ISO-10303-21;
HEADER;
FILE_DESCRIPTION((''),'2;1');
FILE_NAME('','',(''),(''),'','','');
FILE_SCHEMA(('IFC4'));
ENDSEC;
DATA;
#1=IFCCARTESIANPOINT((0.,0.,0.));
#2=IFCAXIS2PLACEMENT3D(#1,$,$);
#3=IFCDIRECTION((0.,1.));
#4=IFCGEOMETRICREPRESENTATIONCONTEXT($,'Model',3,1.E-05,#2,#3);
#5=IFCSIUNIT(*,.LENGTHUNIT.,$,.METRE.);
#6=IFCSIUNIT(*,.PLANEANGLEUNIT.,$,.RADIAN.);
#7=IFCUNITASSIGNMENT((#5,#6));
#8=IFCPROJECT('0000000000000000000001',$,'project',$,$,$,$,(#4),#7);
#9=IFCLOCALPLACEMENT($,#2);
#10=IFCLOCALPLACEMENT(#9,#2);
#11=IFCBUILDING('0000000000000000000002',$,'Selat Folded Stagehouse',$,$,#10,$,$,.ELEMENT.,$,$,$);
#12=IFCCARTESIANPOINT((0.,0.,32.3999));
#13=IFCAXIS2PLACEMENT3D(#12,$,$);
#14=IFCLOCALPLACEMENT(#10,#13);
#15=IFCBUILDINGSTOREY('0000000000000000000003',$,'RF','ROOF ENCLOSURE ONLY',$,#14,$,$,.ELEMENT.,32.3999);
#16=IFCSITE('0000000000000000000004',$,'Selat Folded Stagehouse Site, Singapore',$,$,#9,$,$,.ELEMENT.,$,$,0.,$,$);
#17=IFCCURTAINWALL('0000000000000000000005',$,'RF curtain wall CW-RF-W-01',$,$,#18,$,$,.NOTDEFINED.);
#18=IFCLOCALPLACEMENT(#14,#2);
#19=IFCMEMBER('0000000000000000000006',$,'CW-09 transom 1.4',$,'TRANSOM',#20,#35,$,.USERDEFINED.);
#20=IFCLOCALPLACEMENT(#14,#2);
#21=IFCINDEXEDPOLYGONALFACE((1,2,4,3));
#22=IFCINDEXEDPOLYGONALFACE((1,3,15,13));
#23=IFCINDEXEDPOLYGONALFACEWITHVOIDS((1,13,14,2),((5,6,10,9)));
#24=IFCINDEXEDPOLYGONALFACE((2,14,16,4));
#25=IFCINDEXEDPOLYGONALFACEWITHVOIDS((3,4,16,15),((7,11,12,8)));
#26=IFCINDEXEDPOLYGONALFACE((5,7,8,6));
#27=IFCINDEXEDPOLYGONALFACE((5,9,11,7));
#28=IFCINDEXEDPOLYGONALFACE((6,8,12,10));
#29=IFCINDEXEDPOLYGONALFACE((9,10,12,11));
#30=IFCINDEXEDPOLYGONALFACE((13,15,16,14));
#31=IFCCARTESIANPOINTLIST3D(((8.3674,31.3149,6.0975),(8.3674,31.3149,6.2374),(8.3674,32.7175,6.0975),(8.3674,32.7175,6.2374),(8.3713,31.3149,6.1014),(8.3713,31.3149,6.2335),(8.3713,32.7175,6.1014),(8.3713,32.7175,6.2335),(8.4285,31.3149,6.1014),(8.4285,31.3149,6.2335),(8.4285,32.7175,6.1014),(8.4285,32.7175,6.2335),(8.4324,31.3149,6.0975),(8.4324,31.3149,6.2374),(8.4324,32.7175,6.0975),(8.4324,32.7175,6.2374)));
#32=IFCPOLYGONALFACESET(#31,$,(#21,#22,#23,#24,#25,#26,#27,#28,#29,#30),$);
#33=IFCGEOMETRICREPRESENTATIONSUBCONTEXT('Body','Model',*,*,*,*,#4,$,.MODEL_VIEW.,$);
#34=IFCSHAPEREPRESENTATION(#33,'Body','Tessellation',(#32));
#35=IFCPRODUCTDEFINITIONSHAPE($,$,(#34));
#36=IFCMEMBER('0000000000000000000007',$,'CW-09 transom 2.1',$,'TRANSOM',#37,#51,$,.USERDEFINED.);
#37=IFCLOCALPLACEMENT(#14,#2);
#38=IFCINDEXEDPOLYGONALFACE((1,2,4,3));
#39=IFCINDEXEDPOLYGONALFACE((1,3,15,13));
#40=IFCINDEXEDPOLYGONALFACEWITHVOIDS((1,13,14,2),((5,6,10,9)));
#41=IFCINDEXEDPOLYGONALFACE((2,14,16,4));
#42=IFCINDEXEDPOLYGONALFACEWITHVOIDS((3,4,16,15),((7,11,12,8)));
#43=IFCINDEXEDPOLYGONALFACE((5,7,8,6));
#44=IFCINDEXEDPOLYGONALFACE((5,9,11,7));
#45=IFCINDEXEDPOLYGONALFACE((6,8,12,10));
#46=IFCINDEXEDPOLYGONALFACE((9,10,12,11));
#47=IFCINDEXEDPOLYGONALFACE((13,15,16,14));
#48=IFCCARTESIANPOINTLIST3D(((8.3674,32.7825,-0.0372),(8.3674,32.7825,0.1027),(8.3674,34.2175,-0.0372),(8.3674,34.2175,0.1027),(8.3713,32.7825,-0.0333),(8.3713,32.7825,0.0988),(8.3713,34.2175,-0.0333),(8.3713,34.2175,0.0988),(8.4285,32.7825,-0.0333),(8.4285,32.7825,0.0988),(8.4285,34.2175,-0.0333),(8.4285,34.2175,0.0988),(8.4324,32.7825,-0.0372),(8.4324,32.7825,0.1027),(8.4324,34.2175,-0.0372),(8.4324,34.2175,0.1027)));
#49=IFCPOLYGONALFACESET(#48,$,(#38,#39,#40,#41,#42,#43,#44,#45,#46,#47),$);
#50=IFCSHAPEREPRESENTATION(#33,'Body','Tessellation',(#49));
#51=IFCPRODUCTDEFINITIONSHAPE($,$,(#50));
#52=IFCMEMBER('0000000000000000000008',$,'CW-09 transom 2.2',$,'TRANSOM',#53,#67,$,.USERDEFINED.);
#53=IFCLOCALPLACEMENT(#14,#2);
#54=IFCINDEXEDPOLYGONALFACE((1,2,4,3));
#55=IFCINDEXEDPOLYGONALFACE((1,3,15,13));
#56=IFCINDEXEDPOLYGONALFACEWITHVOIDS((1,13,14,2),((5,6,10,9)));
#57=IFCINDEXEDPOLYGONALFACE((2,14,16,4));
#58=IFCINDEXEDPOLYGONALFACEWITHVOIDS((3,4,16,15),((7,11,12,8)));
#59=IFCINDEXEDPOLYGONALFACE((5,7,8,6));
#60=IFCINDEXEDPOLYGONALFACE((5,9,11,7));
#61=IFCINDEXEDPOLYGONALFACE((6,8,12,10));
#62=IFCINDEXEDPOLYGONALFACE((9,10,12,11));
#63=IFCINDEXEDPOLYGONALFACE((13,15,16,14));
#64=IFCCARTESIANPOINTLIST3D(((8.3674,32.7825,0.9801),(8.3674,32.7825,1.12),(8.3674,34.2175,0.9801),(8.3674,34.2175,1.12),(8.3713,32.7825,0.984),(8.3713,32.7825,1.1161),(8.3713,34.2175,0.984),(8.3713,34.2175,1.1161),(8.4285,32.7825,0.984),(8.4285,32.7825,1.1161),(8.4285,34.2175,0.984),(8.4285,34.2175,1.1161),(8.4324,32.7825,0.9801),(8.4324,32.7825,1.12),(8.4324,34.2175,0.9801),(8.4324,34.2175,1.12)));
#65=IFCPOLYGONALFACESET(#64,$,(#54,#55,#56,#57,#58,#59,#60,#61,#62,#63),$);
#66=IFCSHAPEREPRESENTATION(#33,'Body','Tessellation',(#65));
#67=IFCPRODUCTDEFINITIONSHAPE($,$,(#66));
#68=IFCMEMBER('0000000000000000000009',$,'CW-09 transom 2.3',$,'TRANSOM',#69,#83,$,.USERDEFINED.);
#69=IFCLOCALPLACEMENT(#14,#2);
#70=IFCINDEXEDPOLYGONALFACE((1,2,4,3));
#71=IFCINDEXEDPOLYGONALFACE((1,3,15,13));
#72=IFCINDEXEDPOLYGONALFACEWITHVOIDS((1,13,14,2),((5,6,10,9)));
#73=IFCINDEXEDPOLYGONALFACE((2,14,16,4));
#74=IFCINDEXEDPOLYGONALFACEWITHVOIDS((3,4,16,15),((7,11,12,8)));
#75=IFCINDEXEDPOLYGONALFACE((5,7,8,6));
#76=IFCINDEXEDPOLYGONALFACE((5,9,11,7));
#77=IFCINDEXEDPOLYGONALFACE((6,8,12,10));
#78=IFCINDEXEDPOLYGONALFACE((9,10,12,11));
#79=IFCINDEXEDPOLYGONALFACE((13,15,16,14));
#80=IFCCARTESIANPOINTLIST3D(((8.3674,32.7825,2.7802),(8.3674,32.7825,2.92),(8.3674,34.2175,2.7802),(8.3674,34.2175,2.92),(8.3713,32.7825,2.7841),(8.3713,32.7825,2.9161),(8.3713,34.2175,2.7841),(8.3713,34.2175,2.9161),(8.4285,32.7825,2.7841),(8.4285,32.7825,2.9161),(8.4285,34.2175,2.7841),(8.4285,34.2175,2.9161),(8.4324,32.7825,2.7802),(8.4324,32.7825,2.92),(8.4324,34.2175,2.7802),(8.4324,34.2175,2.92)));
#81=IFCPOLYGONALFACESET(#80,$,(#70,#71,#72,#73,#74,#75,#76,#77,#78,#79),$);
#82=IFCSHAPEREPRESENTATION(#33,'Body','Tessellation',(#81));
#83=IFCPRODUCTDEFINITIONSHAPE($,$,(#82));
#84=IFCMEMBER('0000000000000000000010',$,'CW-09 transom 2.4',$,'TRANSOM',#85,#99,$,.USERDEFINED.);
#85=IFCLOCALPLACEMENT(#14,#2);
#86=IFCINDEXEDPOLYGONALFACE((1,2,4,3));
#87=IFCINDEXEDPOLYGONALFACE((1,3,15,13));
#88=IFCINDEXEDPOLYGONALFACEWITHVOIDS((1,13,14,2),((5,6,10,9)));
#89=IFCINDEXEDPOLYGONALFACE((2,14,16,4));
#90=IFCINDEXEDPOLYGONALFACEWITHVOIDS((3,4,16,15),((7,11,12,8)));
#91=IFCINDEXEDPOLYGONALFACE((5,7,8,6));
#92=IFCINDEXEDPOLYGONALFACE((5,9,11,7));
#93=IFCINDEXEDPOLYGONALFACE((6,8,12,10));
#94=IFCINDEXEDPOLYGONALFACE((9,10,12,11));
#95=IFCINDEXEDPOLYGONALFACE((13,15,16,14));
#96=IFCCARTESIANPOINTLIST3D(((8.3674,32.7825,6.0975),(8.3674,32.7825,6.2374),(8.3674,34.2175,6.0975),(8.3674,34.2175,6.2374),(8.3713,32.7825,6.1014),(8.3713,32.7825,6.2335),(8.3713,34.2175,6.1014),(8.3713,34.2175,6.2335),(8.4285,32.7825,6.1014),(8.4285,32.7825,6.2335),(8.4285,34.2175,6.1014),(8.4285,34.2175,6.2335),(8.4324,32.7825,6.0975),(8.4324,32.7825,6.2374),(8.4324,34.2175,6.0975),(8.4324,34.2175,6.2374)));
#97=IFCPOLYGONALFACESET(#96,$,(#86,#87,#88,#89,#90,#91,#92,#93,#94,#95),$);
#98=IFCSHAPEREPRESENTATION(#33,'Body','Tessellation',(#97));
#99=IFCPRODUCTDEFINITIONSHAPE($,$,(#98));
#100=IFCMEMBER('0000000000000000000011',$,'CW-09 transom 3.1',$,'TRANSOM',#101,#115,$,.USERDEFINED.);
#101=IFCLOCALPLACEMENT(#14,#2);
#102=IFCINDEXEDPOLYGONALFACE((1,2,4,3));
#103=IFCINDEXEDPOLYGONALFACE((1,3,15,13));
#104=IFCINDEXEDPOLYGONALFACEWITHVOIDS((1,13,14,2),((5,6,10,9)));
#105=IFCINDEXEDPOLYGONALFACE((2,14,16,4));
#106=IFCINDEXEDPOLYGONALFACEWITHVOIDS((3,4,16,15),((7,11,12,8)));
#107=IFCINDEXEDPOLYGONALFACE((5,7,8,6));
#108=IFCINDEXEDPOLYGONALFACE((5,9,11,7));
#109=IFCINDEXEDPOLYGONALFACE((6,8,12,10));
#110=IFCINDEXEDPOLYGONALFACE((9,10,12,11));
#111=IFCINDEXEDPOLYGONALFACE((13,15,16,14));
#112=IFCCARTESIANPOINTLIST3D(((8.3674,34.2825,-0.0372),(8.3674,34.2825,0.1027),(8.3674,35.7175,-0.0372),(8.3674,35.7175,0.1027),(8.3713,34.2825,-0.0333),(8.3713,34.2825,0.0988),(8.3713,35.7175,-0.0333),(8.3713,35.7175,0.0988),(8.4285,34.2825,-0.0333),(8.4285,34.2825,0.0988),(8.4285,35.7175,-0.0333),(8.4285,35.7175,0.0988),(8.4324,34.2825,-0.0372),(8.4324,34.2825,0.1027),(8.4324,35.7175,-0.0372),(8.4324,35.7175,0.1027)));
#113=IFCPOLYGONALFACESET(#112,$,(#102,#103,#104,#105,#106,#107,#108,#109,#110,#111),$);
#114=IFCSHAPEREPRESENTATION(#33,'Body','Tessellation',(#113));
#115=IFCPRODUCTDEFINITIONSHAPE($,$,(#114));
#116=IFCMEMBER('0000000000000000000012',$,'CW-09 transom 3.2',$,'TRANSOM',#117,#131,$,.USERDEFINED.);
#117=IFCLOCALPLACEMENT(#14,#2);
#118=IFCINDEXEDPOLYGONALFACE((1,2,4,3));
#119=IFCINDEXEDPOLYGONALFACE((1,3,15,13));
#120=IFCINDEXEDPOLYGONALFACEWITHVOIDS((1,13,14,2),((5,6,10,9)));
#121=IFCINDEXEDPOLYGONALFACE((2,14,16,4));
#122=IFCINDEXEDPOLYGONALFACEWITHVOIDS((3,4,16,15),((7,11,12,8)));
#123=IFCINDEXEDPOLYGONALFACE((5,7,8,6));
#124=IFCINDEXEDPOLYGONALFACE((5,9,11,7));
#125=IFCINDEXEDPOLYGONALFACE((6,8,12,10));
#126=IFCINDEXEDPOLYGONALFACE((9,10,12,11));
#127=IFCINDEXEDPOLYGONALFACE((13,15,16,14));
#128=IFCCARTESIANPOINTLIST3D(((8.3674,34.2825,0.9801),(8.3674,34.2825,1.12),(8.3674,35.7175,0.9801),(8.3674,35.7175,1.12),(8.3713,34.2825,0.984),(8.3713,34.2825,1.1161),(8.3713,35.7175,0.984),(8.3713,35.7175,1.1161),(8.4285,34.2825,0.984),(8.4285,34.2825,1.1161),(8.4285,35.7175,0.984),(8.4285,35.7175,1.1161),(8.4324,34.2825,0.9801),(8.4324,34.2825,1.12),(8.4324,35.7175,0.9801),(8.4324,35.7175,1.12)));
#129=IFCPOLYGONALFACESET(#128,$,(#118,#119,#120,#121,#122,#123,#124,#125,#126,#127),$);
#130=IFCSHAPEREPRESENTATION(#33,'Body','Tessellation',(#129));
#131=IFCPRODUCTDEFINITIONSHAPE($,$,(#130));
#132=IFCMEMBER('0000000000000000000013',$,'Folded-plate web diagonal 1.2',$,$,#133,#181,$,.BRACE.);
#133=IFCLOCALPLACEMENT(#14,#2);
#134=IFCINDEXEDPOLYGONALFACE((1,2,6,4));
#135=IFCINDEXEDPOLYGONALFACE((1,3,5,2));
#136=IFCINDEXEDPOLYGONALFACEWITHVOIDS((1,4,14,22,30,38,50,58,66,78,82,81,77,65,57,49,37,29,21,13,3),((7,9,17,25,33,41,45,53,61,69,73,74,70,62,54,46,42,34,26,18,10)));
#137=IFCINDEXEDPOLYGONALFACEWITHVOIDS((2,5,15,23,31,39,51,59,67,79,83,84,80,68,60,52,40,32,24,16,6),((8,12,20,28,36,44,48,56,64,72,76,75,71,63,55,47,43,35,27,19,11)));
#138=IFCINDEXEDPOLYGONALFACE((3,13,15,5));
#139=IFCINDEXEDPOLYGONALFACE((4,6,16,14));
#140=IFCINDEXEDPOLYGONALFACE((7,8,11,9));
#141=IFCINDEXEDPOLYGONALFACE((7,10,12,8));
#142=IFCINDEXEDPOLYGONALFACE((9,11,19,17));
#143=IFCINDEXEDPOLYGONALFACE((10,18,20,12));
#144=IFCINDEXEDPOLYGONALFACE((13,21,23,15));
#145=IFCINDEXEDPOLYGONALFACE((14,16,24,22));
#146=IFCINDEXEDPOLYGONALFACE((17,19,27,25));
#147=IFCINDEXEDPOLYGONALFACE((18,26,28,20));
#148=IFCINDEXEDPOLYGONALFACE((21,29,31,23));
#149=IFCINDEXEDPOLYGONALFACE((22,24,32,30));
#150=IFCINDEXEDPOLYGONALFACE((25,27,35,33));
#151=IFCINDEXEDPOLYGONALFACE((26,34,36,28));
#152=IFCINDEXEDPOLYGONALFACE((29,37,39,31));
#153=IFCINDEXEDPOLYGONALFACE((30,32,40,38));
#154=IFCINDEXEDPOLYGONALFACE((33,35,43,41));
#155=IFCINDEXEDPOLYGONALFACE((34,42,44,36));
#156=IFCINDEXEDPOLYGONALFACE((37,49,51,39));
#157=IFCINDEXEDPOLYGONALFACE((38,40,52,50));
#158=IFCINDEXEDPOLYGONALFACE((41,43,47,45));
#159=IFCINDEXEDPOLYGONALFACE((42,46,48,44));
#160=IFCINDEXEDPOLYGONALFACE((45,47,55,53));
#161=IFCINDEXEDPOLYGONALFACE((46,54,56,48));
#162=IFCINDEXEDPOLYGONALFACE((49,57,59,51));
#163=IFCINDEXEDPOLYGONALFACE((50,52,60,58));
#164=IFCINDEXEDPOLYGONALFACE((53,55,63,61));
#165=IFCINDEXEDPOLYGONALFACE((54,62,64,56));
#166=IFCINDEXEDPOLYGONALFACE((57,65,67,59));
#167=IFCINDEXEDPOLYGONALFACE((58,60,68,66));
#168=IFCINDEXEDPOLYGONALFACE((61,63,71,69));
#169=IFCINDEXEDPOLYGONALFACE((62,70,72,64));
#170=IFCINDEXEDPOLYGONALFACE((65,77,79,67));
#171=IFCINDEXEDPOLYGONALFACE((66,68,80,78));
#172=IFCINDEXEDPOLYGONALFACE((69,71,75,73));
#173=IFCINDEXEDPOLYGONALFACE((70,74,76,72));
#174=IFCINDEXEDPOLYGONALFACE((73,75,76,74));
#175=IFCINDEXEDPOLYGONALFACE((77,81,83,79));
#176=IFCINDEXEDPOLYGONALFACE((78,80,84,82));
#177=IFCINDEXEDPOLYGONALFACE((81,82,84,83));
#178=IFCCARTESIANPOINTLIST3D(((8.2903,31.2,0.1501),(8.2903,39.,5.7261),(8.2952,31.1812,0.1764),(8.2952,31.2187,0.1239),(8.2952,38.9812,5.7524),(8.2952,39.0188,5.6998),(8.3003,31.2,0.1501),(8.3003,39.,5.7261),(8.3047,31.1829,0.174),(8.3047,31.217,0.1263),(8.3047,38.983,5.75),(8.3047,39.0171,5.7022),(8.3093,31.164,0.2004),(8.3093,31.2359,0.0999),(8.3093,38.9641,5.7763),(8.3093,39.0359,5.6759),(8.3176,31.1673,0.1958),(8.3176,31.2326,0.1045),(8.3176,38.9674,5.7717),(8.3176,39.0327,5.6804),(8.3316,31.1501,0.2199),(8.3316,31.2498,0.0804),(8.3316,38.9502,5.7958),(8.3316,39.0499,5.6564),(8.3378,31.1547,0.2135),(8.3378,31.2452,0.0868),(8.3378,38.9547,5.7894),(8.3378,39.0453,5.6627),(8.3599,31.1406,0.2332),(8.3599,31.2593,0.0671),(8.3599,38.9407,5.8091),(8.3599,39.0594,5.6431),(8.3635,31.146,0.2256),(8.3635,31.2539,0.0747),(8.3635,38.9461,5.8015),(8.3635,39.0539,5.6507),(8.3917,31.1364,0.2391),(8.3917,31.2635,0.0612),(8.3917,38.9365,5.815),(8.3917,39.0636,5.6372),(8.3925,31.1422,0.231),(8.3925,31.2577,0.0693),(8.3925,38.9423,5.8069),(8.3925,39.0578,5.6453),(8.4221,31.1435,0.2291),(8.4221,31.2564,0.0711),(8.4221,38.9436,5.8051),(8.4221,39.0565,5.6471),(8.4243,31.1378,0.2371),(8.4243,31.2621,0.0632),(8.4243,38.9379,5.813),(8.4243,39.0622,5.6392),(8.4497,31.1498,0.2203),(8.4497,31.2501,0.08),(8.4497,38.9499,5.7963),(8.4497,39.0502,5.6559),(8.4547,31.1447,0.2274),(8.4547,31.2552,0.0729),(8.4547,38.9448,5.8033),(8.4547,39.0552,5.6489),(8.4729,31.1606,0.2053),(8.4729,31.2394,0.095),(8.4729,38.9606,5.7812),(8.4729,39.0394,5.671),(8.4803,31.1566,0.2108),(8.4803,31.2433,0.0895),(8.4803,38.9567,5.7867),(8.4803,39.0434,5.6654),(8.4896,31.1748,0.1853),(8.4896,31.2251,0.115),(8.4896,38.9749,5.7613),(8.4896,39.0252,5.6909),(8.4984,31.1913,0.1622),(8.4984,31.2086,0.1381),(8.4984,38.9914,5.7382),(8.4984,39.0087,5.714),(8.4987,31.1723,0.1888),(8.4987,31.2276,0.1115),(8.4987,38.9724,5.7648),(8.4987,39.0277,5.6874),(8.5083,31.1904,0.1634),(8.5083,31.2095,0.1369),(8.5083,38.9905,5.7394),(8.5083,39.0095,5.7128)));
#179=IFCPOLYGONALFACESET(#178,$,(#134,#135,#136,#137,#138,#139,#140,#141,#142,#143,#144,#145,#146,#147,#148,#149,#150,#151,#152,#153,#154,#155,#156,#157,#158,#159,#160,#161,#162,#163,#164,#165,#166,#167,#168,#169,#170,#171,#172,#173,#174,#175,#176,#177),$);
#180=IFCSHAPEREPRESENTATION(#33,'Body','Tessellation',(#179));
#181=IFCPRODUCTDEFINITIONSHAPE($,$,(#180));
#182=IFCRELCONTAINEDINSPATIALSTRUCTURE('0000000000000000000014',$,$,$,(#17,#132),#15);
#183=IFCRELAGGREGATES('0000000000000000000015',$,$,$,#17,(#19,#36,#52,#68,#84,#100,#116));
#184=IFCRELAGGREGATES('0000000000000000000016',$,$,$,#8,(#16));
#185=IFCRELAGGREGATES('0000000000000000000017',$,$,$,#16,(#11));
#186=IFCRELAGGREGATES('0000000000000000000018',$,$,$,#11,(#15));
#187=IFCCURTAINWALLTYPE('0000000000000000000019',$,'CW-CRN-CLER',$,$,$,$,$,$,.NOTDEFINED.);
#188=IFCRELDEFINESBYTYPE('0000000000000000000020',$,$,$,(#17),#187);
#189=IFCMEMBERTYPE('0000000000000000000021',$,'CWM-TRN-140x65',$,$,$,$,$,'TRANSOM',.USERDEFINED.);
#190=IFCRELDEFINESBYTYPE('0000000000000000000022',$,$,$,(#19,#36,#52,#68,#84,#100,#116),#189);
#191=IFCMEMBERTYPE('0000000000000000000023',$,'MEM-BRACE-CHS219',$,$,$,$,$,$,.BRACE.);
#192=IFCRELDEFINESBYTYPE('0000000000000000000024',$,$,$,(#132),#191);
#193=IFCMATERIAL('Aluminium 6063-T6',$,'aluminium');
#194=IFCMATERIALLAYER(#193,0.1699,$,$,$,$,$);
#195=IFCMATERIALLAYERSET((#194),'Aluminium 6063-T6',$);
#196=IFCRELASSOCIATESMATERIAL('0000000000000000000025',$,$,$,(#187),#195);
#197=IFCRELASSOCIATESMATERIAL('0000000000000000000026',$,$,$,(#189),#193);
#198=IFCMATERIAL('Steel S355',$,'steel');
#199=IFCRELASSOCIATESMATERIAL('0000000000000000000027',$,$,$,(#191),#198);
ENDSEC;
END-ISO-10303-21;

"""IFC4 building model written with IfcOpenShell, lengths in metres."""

from ifc_helpers import new_model, si_unit, direction, frame, origin, origin_2d, place, context, subcontext, project, spatial, hollow_rectangle, hollow_circle, extrude, material, layer, layer_set, material_profile, profile_set, type_object, element, aggregate, save


model = new_model("IFC4")

# Units and contexts
model_context = context("Model", 3, precision=1e-05, world=origin(), true_north=direction((0.0, 1.0)))
body_context = subcontext(model_context, "Body", "Model", "MODEL_VIEW")
ifc_project = project(units=[si_unit("LENGTHUNIT", "METRE"), si_unit("PLANEANGLEUNIT", "RADIAN")], contexts=[model_context])

# Site, building, storey
site_placement = place(None, origin())
site = spatial("IfcSite", under=ifc_project, at=site_placement, Name="Selat Folded Stagehouse Site, Singapore", CompositionType="ELEMENT", RefElevation=0.0)
building_placement = place(site_placement, origin())
building = spatial("IfcBuilding", under=site, at=building_placement, Name="Selat Folded Stagehouse", CompositionType="ELEMENT")
storey_placement = place(building_placement, frame((0.0, 0.0, 32.3999)))
storey = spatial("IfcBuildingStorey", under=building, at=storey_placement, Name="RF", Description="ROOF ENCLOSURE ONLY", CompositionType="ELEMENT", Elevation=32.3999)

# Curtain wall
ifc_material_1 = material(Name="Aluminium 6063-T6", Category="aluminium")
ifc_layer_1 = layer(ifc_material_1, 0.1699)
ifc_layer_set_1 = layer_set([ifc_layer_1], Name="Aluminium 6063-T6")
curtain_wall_type = type_object("IfcCurtainWallType", Name="CW-CRN-CLER", PredefinedType="NOTDEFINED", material=ifc_layer_set_1)
curtain_wall_1_placement = place(storey_placement, origin())
curtain_wall_1 = element("IfcCurtainWall", 1, at=curtain_wall_1_placement, inside=storey, type_object=curtain_wall_type, Name="RF curtain wall CW-RF-W-01", PredefinedType="NOTDEFINED")

# Members
ifc_material_profile_1 = material_profile(ifc_material_1, hollow_rectangle(XDim=0.0649, YDim=0.1399, WallThickness=0.0039, at=origin_2d()), Name="ALU 140x65x4.0")
ifc_profile_set_1 = profile_set([ifc_material_profile_1], Name="Aluminium 6063-T6")
member_type_1 = type_object("IfcMemberType", Name="CWM-TRN-140x65", ElementType="TRANSOM", PredefinedType="USERDEFINED", material=ifc_profile_set_1)
member_1_placement = place(storey_placement, frame((8.3999, 31.3149, 6.1675), z_axis=(0.0, 1.0, 0.0), x_axis=(-1.0, 0.0, 0.0)))
member_1 = element("IfcMember", 2, at=member_1_placement, type_object=member_type_1, Name="CW-09 transom 1.4", ObjectType="TRANSOM", PredefinedType="USERDEFINED", context=body_context, shape_type="SweptSolid", body=[
    extrude(hollow_rectangle(XDim=0.0649, YDim=0.1399, WallThickness=0.0039, at=origin_2d()), origin(), (0.0, 0.0, 1.0), 1.4026),
])
member_2_placement = place(storey_placement, frame((8.3999, 32.7825, 0.0327), z_axis=(0.0, 1.0, 0.0), x_axis=(-1.0, 0.0, 0.0)))
member_2 = element("IfcMember", 3, at=member_2_placement, type_object=member_type_1, Name="CW-09 transom 2.1", ObjectType="TRANSOM", PredefinedType="USERDEFINED", context=body_context, shape_type="SweptSolid", body=[
    extrude(hollow_rectangle(XDim=0.0649, YDim=0.1399, WallThickness=0.0039, at=origin_2d()), origin(), (0.0, 0.0, 1.0), 1.4351),
])
member_3_placement = place(storey_placement, frame((8.3999, 32.7825, 1.05), z_axis=(0.0, 1.0, 0.0), x_axis=(-1.0, 0.0, 0.0)))
member_3 = element("IfcMember", 4, at=member_3_placement, type_object=member_type_1, Name="CW-09 transom 2.2", ObjectType="TRANSOM", PredefinedType="USERDEFINED", context=body_context, shape_type="SweptSolid", body=[
    extrude(hollow_rectangle(XDim=0.0649, YDim=0.1399, WallThickness=0.0039, at=origin_2d()), origin(), (0.0, 0.0, 1.0), 1.4351),
])
member_4_placement = place(storey_placement, frame((8.3999, 32.7825, 2.8501), z_axis=(0.0, 1.0, 0.0), x_axis=(-1.0, 0.0, 0.0)))
member_4 = element("IfcMember", 5, at=member_4_placement, type_object=member_type_1, Name="CW-09 transom 2.3", ObjectType="TRANSOM", PredefinedType="USERDEFINED", context=body_context, shape_type="SweptSolid", body=[
    extrude(hollow_rectangle(XDim=0.0649, YDim=0.1399, WallThickness=0.0039, at=origin_2d()), origin(), (0.0, 0.0, 1.0), 1.4351),
])
member_5_placement = place(storey_placement, frame((8.3999, 32.7825, 6.1675), z_axis=(0.0, 1.0, 0.0), x_axis=(-1.0, 0.0, 0.0)))
member_5 = element("IfcMember", 6, at=member_5_placement, type_object=member_type_1, Name="CW-09 transom 2.4", ObjectType="TRANSOM", PredefinedType="USERDEFINED", context=body_context, shape_type="SweptSolid", body=[
    extrude(hollow_rectangle(XDim=0.0649, YDim=0.1399, WallThickness=0.0039, at=origin_2d()), origin(), (0.0, 0.0, 1.0), 1.4351),
])
member_6_placement = place(storey_placement, frame((8.3999, 34.2825, 0.0327), z_axis=(0.0, 1.0, 0.0), x_axis=(-1.0, 0.0, 0.0)))
member_6 = element("IfcMember", 7, at=member_6_placement, type_object=member_type_1, Name="CW-09 transom 3.1", ObjectType="TRANSOM", PredefinedType="USERDEFINED", context=body_context, shape_type="SweptSolid", body=[
    extrude(hollow_rectangle(XDim=0.0649, YDim=0.1399, WallThickness=0.0039, at=origin_2d()), origin(), (0.0, 0.0, 1.0), 1.4351),
])
member_7_placement = place(storey_placement, frame((8.3999, 34.2825, 1.05), z_axis=(0.0, 1.0, 0.0), x_axis=(-1.0, 0.0, 0.0)))
member_7 = element("IfcMember", 8, at=member_7_placement, type_object=member_type_1, Name="CW-09 transom 3.2", ObjectType="TRANSOM", PredefinedType="USERDEFINED", context=body_context, shape_type="SweptSolid", body=[
    extrude(hollow_rectangle(XDim=0.0649, YDim=0.1399, WallThickness=0.0039, at=origin_2d()), origin(), (0.0, 0.0, 1.0), 1.4351),
])

# Member
ifc_material_2 = material(Name="Steel S355", Category="steel")
ifc_material_profile_2 = material_profile(ifc_material_2, hollow_circle(Radius=0.1096, WallThickness=0.01, at=origin_2d()), Name="CHS 219.1x10.0")
ifc_profile_set_2 = profile_set([ifc_material_profile_2], Name="Steel S355")
member_type_2 = type_object("IfcMemberType", Name="MEM-BRACE-CHS219", PredefinedType="BRACE", material=ifc_profile_set_2)
member_8_placement = place(storey_placement, frame((8.3999, 31.2, 0.1501), z_axis=(0.0, 0.813513, 0.581546), x_axis=(-1.0, 0.0, 0.0)))
element("IfcMember", 9, at=member_8_placement, inside=storey, type_object=member_type_2, Name="Folded-plate web diagonal 1.2", PredefinedType="BRACE", context=body_context, shape_type="SweptSolid", body=[
    extrude(hollow_circle(Radius=0.1096, WallThickness=0.01, at=origin_2d()), origin(), (0.0, 0.0, 1.0), 9.5881),
])

aggregate(curtain_wall_1, [member_1, member_2, member_3, member_4, member_5, member_6, member_7])

save(model, "model.ifc")
